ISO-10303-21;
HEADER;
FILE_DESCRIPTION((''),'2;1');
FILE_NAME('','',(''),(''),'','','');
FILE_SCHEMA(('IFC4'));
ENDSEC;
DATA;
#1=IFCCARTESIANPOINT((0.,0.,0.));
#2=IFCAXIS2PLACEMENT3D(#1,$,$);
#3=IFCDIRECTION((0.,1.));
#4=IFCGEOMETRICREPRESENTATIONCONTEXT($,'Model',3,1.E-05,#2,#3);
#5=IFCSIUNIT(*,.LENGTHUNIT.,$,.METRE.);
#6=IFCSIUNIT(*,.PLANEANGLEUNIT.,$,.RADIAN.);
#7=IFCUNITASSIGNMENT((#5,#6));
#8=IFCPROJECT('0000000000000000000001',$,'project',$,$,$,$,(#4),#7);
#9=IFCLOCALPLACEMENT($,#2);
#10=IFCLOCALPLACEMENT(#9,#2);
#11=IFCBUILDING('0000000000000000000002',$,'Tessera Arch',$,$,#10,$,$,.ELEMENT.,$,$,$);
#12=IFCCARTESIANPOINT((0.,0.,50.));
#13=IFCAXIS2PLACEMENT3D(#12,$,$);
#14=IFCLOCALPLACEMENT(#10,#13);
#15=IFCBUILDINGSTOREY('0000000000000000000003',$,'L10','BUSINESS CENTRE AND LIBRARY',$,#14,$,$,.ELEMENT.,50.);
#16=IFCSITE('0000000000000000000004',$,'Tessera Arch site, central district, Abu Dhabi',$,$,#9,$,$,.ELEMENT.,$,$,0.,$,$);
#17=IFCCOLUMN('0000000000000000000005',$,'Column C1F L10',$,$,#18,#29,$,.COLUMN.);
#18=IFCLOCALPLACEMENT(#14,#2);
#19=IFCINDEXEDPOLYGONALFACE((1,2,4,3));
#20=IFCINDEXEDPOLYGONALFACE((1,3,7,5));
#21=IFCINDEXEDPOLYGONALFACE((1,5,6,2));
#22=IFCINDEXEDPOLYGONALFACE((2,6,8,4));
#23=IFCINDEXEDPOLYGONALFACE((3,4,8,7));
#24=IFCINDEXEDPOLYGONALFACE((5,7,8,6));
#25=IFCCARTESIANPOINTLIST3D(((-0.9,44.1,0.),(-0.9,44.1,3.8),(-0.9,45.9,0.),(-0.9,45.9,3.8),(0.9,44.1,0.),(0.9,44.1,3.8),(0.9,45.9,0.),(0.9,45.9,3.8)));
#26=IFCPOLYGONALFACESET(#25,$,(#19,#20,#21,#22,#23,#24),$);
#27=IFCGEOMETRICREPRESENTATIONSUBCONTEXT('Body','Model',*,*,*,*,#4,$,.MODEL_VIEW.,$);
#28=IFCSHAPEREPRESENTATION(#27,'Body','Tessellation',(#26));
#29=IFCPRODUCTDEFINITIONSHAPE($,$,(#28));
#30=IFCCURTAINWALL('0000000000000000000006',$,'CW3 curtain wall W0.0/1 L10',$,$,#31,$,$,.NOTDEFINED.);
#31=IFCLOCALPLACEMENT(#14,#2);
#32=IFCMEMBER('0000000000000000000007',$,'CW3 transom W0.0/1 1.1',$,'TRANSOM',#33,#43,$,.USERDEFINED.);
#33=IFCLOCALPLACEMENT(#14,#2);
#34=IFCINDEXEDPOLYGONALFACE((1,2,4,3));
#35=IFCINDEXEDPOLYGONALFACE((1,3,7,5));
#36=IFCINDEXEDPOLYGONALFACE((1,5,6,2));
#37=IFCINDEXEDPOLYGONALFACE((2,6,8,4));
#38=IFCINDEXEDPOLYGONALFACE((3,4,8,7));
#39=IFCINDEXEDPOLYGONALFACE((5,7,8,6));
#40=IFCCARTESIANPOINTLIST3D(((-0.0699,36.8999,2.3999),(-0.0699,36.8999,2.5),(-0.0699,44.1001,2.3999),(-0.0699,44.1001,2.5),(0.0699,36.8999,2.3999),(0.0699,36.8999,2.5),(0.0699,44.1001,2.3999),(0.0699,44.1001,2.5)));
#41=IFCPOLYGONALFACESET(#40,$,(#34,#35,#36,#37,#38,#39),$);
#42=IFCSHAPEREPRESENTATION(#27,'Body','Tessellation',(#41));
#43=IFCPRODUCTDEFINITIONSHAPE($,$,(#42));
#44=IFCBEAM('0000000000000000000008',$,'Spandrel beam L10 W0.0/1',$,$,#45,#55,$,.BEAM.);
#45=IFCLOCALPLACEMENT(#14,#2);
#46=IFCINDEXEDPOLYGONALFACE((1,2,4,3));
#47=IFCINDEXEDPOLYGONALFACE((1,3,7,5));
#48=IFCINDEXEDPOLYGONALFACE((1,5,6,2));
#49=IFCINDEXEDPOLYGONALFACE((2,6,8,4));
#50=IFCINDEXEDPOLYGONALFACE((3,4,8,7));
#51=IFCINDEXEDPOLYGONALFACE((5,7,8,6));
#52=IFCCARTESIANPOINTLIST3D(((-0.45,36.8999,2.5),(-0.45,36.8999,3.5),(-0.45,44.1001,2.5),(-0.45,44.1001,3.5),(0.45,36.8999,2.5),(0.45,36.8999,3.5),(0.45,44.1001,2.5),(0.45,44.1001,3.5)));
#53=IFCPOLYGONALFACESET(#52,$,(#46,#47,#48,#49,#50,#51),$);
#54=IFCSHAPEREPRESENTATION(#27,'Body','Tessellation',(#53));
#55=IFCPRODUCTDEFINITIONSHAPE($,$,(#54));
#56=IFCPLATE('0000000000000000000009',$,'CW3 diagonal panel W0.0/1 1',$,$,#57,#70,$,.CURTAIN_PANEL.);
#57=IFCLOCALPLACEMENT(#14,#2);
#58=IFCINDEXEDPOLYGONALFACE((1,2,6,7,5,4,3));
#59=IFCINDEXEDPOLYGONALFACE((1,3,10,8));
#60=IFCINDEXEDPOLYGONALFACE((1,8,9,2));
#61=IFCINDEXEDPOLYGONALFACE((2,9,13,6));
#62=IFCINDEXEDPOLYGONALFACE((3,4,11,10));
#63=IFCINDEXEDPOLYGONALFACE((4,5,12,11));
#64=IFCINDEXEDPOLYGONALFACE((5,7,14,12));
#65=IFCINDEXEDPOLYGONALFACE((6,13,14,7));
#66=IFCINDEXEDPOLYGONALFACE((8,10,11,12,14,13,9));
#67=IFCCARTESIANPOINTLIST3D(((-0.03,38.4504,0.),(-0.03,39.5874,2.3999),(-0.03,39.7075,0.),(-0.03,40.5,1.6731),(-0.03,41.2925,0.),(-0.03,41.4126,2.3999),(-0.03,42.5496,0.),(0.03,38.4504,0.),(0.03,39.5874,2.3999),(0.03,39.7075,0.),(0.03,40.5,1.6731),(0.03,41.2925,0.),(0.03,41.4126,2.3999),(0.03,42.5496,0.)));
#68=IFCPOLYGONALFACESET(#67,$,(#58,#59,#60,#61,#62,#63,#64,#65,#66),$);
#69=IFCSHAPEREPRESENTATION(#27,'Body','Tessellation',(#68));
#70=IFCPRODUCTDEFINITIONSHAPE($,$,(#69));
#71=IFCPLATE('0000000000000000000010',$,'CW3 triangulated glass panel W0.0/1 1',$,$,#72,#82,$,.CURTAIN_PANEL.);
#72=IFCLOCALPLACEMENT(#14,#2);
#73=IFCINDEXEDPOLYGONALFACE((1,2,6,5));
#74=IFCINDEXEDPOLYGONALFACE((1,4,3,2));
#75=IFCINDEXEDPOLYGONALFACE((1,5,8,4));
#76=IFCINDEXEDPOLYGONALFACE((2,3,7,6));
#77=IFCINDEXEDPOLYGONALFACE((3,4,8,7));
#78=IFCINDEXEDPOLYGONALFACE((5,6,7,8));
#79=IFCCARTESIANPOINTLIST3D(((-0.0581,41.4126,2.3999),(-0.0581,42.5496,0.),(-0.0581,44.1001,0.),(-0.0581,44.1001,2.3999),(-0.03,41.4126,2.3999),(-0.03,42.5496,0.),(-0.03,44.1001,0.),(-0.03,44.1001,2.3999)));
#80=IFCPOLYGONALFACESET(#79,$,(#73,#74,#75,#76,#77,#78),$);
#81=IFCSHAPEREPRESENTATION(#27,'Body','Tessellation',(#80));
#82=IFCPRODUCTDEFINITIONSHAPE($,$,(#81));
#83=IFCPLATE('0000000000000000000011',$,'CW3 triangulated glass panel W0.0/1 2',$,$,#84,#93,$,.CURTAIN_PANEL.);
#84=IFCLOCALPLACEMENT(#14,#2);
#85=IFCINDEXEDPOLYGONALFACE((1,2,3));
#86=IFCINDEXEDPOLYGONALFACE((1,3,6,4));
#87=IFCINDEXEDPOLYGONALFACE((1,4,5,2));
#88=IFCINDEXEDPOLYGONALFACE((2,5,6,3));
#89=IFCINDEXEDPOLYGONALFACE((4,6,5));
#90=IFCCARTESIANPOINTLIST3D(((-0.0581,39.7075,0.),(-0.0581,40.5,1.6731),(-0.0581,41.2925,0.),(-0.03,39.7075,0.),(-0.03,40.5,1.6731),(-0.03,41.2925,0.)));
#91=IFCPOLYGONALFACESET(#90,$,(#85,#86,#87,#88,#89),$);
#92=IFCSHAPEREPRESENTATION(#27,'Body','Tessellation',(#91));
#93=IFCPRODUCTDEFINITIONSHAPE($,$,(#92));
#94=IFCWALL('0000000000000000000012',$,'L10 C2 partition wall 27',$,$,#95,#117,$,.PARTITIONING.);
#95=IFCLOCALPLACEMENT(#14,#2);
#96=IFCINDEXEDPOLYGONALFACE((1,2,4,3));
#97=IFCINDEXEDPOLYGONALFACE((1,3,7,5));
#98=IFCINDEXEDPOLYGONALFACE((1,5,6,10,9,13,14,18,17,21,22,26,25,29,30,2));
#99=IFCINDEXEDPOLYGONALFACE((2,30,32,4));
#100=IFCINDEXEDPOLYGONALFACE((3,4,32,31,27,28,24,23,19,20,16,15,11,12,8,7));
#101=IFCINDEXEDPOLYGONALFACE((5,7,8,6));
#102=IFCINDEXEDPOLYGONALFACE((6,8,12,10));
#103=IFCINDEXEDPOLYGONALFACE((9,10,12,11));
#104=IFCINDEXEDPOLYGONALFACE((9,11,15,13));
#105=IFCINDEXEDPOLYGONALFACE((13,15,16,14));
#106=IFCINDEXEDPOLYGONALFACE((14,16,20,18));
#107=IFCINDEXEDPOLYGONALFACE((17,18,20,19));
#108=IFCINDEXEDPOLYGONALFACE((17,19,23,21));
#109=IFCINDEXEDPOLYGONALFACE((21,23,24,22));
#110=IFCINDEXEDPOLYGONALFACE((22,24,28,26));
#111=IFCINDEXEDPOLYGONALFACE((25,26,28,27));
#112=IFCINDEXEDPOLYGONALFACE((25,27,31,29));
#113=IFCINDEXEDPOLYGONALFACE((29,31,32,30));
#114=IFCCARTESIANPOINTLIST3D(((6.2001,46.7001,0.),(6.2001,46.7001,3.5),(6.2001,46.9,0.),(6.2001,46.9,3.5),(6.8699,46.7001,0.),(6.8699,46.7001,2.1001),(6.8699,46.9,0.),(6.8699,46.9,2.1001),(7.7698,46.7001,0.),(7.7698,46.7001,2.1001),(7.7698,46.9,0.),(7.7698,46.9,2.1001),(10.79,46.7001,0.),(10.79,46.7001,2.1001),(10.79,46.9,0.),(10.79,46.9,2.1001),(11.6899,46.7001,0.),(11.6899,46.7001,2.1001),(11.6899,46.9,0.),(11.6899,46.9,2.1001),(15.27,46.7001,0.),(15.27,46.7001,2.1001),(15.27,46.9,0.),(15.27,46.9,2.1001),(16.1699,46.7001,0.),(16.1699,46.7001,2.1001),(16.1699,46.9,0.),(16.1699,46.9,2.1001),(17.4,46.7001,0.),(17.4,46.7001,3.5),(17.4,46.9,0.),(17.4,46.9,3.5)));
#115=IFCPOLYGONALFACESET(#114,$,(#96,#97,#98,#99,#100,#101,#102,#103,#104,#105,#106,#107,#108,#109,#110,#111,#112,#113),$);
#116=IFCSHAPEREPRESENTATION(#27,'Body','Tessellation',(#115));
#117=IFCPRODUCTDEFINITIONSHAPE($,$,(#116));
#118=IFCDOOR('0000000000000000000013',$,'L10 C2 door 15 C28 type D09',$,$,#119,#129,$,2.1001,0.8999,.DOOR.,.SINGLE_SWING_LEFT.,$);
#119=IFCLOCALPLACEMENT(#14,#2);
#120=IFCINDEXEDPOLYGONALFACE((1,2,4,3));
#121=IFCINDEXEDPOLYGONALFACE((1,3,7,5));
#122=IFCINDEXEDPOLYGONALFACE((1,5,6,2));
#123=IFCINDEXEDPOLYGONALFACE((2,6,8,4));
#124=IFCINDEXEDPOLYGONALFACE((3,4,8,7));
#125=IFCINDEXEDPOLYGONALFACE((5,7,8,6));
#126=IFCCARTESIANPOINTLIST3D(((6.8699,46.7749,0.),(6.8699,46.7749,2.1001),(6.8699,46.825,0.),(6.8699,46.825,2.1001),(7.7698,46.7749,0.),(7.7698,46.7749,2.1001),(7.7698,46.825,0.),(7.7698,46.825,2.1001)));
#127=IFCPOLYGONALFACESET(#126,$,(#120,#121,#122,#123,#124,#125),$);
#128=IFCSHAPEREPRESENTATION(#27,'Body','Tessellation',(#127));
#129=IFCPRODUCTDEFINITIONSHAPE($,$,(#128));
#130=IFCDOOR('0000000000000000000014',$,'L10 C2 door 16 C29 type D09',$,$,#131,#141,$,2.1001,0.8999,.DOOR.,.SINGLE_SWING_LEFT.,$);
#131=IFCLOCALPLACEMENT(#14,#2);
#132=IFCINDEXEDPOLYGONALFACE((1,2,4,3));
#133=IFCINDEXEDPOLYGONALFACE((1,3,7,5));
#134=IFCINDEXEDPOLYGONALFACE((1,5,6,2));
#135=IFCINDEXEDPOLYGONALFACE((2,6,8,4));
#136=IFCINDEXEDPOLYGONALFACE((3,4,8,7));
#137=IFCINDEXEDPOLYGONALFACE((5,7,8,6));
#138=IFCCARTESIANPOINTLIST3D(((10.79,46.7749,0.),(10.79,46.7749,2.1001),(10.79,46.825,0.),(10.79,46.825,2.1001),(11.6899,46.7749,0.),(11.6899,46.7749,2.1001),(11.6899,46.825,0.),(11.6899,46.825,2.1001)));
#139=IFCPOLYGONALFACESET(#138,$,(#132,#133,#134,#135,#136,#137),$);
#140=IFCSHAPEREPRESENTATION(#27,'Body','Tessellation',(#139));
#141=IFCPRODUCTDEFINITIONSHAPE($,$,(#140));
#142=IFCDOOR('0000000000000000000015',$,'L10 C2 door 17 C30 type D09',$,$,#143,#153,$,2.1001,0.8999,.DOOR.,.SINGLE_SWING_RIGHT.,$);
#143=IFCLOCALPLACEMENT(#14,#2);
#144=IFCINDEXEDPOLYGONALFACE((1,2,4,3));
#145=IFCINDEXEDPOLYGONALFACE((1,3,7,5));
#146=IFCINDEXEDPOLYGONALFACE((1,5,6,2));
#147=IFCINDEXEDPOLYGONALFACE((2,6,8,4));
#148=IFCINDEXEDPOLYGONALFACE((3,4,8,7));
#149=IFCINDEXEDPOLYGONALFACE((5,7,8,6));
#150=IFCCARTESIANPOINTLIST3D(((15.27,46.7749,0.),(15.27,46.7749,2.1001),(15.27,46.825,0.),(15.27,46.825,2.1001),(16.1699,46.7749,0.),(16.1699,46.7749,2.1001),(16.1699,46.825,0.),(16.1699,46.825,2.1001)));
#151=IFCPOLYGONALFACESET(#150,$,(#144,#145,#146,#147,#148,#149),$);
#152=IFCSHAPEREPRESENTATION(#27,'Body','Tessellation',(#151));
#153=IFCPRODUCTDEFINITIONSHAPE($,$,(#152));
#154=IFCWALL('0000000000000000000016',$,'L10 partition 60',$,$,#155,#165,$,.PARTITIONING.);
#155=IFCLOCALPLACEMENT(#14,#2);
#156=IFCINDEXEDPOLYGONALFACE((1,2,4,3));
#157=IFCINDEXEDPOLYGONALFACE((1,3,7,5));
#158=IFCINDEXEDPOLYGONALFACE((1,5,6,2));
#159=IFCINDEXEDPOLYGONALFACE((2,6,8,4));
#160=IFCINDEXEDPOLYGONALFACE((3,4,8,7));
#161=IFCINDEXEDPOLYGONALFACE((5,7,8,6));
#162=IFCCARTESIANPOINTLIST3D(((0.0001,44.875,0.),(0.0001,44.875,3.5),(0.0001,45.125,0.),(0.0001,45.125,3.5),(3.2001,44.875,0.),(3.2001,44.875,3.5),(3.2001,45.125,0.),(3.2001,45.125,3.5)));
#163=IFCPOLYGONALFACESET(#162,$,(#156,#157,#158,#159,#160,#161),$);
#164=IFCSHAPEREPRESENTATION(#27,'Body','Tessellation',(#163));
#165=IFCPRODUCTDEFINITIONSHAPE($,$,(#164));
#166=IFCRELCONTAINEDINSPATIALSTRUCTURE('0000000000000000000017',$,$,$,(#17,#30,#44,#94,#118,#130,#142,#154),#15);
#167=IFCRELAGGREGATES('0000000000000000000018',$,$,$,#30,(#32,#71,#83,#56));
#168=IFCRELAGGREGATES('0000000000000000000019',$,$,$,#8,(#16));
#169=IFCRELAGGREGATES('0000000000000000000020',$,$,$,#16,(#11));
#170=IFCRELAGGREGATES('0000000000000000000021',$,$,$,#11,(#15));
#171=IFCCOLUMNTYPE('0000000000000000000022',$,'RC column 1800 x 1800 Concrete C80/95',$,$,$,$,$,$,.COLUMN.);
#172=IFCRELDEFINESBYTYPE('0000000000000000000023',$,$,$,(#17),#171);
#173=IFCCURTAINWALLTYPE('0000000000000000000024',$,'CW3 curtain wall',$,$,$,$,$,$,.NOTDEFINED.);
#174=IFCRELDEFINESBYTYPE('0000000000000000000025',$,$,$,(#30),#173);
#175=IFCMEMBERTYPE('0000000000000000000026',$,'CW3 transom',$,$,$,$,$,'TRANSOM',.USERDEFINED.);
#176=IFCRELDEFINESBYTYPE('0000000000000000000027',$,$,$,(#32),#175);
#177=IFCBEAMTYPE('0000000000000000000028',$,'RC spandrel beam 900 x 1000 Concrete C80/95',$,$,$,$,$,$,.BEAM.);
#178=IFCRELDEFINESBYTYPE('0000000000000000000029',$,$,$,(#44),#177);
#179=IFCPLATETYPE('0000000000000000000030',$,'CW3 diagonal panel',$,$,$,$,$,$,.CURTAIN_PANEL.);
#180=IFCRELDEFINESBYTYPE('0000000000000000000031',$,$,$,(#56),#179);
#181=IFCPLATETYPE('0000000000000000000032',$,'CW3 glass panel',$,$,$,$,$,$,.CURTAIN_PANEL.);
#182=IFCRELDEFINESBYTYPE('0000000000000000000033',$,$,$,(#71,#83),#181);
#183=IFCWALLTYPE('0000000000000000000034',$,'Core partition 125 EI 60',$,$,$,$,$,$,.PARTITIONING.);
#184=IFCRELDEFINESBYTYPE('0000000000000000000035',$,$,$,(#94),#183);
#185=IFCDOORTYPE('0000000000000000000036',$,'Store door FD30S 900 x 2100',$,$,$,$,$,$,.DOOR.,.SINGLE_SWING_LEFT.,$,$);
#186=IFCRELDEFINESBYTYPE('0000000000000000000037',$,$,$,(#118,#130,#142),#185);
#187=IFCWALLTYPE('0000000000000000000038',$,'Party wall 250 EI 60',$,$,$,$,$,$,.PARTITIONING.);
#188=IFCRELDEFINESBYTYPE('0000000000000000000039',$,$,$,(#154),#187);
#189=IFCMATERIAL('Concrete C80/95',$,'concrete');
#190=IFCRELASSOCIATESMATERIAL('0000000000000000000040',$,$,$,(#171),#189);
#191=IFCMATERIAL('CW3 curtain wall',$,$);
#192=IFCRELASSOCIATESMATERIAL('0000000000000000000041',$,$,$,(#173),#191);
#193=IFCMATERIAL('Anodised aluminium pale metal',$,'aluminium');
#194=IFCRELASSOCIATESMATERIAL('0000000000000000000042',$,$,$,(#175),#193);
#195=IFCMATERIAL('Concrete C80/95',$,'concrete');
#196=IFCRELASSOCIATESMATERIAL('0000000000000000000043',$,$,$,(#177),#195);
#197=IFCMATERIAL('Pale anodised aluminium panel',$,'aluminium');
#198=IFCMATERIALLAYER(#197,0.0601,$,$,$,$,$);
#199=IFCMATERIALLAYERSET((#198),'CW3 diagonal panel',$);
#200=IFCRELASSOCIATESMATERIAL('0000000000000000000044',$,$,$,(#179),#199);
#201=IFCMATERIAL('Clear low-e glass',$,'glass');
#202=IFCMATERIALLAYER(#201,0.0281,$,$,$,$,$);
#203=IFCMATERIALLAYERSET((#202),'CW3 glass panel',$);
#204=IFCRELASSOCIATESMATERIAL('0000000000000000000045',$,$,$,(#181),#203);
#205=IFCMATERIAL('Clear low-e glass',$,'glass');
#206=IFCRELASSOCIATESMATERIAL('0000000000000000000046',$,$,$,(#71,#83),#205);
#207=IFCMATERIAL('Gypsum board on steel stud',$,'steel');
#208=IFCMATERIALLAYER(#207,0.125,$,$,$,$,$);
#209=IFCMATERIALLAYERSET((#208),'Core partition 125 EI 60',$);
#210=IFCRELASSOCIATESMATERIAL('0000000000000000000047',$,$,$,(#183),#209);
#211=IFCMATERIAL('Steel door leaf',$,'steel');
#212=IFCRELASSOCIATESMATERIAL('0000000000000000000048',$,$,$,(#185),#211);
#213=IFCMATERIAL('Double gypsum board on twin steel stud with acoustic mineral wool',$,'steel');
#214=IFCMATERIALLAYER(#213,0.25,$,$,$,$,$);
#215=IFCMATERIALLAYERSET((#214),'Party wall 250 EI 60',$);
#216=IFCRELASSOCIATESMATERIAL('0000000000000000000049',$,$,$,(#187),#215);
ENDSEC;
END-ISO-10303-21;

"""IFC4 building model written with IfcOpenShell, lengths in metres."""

from ifc_helpers import new_model, si_unit, direction, frame, frame_2d, origin, origin_2d, place, context, subcontext, project, spatial, polyline, rectangle, outline, extrude, material, layer, layer_set, material_profile, profile_set, type_object, element, fill, aggregate, save


model = new_model("IFC4")

# Units and contexts
model_context = context("Model", 3, precision=1e-05, world=origin(), true_north=direction((0.0, 1.0)))
body_context = subcontext(model_context, "Body", "Model", "MODEL_VIEW")
ifc_project = project(units=[si_unit("LENGTHUNIT", "METRE"), si_unit("PLANEANGLEUNIT", "RADIAN")], contexts=[model_context])

# Site, building, storey
site_placement = place(None, origin())
site = spatial("IfcSite", under=ifc_project, at=site_placement, Name="Tessera Arch site, central district, Abu Dhabi", CompositionType="ELEMENT", RefElevation=0.0)
building_placement = place(site_placement, origin())
building = spatial("IfcBuilding", under=site, at=building_placement, Name="Tessera Arch", CompositionType="ELEMENT")
storey_placement = place(building_placement, frame((0.0, 0.0, 50.0)))
storey = spatial("IfcBuildingStorey", under=building, at=storey_placement, Name="L10", Description="BUSINESS CENTRE AND LIBRARY", CompositionType="ELEMENT", Elevation=50.0)

# Column
ifc_material_1 = material(Name="Concrete C80/95", Category="concrete")
ifc_material_profile_1 = material_profile(ifc_material_1, rectangle(XDim=1.8, YDim=1.8, at=origin_2d()), Name="RC column 1800 x 1800 Concrete C80/95")
ifc_profile_set_1 = profile_set([ifc_material_profile_1], Name="Concrete C80/95")
column_type = type_object("IfcColumnType", Name="RC column 1800 x 1800 Concrete C80/95", PredefinedType="COLUMN", material=ifc_profile_set_1)
column_placement = place(storey_placement, frame((0.0, 45.0, 0.0), z_axis=(0.0, 0.0, 1.0), x_axis=(1.0, 0.0, 0.0)))
element("IfcColumn", 1, at=column_placement, inside=storey, type_object=column_type, Name="Column C1F L10", PredefinedType="COLUMN", context=body_context, shape_type="SweptSolid", body=[
    extrude(rectangle(XDim=1.8, YDim=1.8, at=origin_2d()), origin(), (0.0, 0.0, 1.0), 3.8),
])

# Curtain wall, member
ifc_material_2 = material(Name="CW3 curtain wall")
curtain_wall_type = type_object("IfcCurtainWallType", Name="CW3 curtain wall", PredefinedType="NOTDEFINED", material=ifc_material_2)
curtain_wall_placement = place(storey_placement, origin())
curtain_wall = element("IfcCurtainWall", 2, at=curtain_wall_placement, inside=storey, type_object=curtain_wall_type, Name="CW3 curtain wall W0.0/1 L10", PredefinedType="NOTDEFINED")
ifc_material_3 = material(Name="Anodised aluminium pale metal", Category="aluminium")
ifc_material_profile_2 = material_profile(ifc_material_3, rectangle(XDim=0.1399, YDim=0.1001, at=origin_2d()), Name="AL 140x100")
ifc_profile_set_2 = profile_set([ifc_material_profile_2], Name="Anodised aluminium pale metal")
member_type = type_object("IfcMemberType", Name="CW3 transom", ElementType="TRANSOM", PredefinedType="USERDEFINED", material=ifc_profile_set_2)
member_placement = place(storey_placement, frame((0.0, 44.1001, 2.45), z_axis=(0.0, -1.0, 0.0), x_axis=(1.0, 0.0, 0.0)))
member = element("IfcMember", 3, at=member_placement, type_object=member_type, Name="CW3 transom W0.0/1 1.1", ObjectType="TRANSOM", PredefinedType="USERDEFINED", context=body_context, shape_type="SweptSolid", body=[
    extrude(rectangle(XDim=0.1399, YDim=0.1001, at=origin_2d()), origin(), (0.0, 0.0, 1.0), 7.2002),
])

# Beam
ifc_material_4 = material(Name="Concrete C80/95", Category="concrete")
ifc_material_profile_3 = material_profile(ifc_material_4, rectangle(XDim=0.8999, YDim=1.0, at=origin_2d()), Name="RC spandrel beam 900 x 1000 Concrete C80/95")
ifc_profile_set_3 = profile_set([ifc_material_profile_3], Name="Concrete C80/95")
beam_type = type_object("IfcBeamType", Name="RC spandrel beam 900 x 1000 Concrete C80/95", PredefinedType="BEAM", material=ifc_profile_set_3)
beam_placement = place(storey_placement, frame((0.0, 44.1001, 3.0), z_axis=(0.0, -1.0, 0.0), x_axis=(1.0, 0.0, 0.0)))
element("IfcBeam", 4, at=beam_placement, inside=storey, type_object=beam_type, Name="Spandrel beam L10 W0.0/1", PredefinedType="BEAM", context=body_context, shape_type="SweptSolid", body=[
    extrude(rectangle(XDim=0.8999, YDim=1.0, at=origin_2d()), origin(), (0.0, 0.0, 1.0), 7.2002),
])

# Plates
ifc_material_5 = material(Name="Pale anodised aluminium panel", Category="aluminium")
ifc_layer_1 = layer(ifc_material_5, 0.0601)
ifc_layer_set_1 = layer_set([ifc_layer_1], Name="CW3 diagonal panel")
plate_type_1 = type_object("IfcPlateType", Name="CW3 diagonal panel", PredefinedType="CURTAIN_PANEL", material=ifc_layer_set_1)
plate_1_placement = place(storey_placement, frame((-0.03, 39.5874, 2.3999), z_axis=(-1.0, 0.0, 0.0), x_axis=(0.0, 1.0, 0.0)))
plate_1 = element("IfcPlate", 5, at=plate_1_placement, type_object=plate_type_1, Name="CW3 diagonal panel W0.0/1 1", PredefinedType="CURTAIN_PANEL", context=body_context, shape_type="SweptSolid", body=[
    extrude(outline(polyline([(0.0, 0.0), (1.8252, 0.0), (2.9622, 2.3999), (1.7051, 2.3999), (0.9126, 0.7268), (0.1201, 2.3999), (-1.137, 2.3999), (0.0, 0.0)])), origin(), (0.0, 0.0, -1.0), 0.0601),
])
ifc_material_6 = material(Name="Clear low-e glass", Category="glass")
ifc_material_7 = material(Name="Clear low-e glass", Category="glass")
ifc_layer_2 = layer(ifc_material_7, 0.0281)
ifc_layer_set_2 = layer_set([ifc_layer_2], Name="CW3 glass panel")
plate_type_2 = type_object("IfcPlateType", Name="CW3 glass panel", PredefinedType="CURTAIN_PANEL", material=ifc_layer_set_2)
plate_2_placement = place(storey_placement, frame((-0.0581, 44.1001, 0.0), z_axis=(-1.0, 0.0, 0.0), x_axis=(0.0, -1.0, 0.0)))
plate_2 = element("IfcPlate", 6, at=plate_2_placement, type_object=plate_type_2, material=ifc_material_6, Name="CW3 triangulated glass panel W0.0/1 1", PredefinedType="CURTAIN_PANEL", context=body_context, shape_type="SweptSolid", body=[
    extrude(outline(polyline([(0.0, 0.0), (1.5505, 0.0), (2.6875, 2.3999), (0.0, 2.3999), (0.0, 0.0)])), origin(), (0.0, 0.0, -1.0), 0.0281),
])
plate_3_placement = place(storey_placement, frame((-0.0581, 41.2925, 0.0), z_axis=(-1.0, 0.0, 0.0), x_axis=(0.0, -1.0, 0.0)))
plate_3 = element("IfcPlate", 7, at=plate_3_placement, type_object=plate_type_2, material=ifc_material_6, Name="CW3 triangulated glass panel W0.0/1 2", PredefinedType="CURTAIN_PANEL", context=body_context, shape_type="SweptSolid", body=[
    extrude(outline(polyline([(0.0, 0.0), (1.585, 0.0), (0.7925, 1.6731), (0.0, 0.0)])), origin(), (0.0, 0.0, -1.0), 0.0281),
])
aggregate(curtain_wall, [member, plate_2, plate_3, plate_1])

# Wall, openings, doors
ifc_material_8 = material(Name="Gypsum board on steel stud", Category="steel")
ifc_layer_3 = layer(ifc_material_8, 0.125)
ifc_layer_set_3 = layer_set([ifc_layer_3], Name="Core partition 125 EI 60")
wall_type_1 = type_object("IfcWallType", Name="Core partition 125 EI 60", PredefinedType="PARTITIONING", material=ifc_layer_set_3)
wall_1_placement = place(storey_placement, frame((6.2, 46.8, 0.0), z_axis=(0.0, 0.0, 1.0), x_axis=(1.0, 0.0, 0.0)))
wall_1 = element("IfcWall", 8, at=wall_1_placement, inside=storey, type_object=wall_type_1, Name="L10 C2 partition wall 27", PredefinedType="PARTITIONING", context=body_context, shape_type="SweptSolid", body=[
    extrude(rectangle(XDim=11.2, YDim=0.2, at=frame_2d((5.6001, 0.0))), origin(), (0.0, 0.0, 1.0), 3.5),
])
opening_1_placement = place(wall_1_placement, frame((0.6699, 0.0, 0.0)))
opening_1 = element("IfcOpeningElement", 9, at=opening_1_placement, cuts=wall_1, PredefinedType="OPENING", context=body_context, shape_type="SweptSolid", body=[
    extrude(rectangle(XDim=0.8999, YDim=2.1001, at=frame_2d((0.45, 1.05))), frame((0.0, 0.1099, 0.0), z_axis=(0.0, -1.0, 0.0), x_axis=(1.0, 0.0, 0.0)), (0.0, 0.0, 1.0), 0.22),
])
opening_2_placement = place(wall_1_placement, frame((4.5901, 0.0, 0.0)))
opening_2 = element("IfcOpeningElement", 10, at=opening_2_placement, cuts=wall_1, PredefinedType="OPENING", context=body_context, shape_type="SweptSolid", body=[
    extrude(rectangle(XDim=0.8999, YDim=2.1001, at=frame_2d((0.45, 1.05))), frame((0.0, 0.1099, 0.0), z_axis=(0.0, -1.0, 0.0), x_axis=(1.0, 0.0, 0.0)), (0.0, 0.0, 1.0), 0.22),
])
opening_3_placement = place(wall_1_placement, frame((9.0701, 0.0, 0.0)))
opening_3 = element("IfcOpeningElement", 11, at=opening_3_placement, cuts=wall_1, PredefinedType="OPENING", context=body_context, shape_type="SweptSolid", body=[
    extrude(rectangle(XDim=0.8999, YDim=2.1001, at=frame_2d((0.45, 1.05))), frame((0.0, 0.1099, 0.0), z_axis=(0.0, -1.0, 0.0), x_axis=(1.0, 0.0, 0.0)), (0.0, 0.0, 1.0), 0.22),
])
ifc_material_9 = material(Name="Steel door leaf", Category="steel")
door_type_1 = type_object("IfcDoorType", Name="Store door FD30S 900 x 2100", OperationType="SINGLE_SWING_LEFT", PredefinedType="DOOR", material=ifc_material_9)
door_1_placement = place(opening_1_placement, origin())
door_1 = element("IfcDoor", 12, at=door_1_placement, inside=storey, type_object=door_type_1, Name="L10 C2 door 15 C28 type D09", OperationType="SINGLE_SWING_LEFT", OverallHeight=2.1001, OverallWidth=0.8999, PredefinedType="DOOR", context=body_context, shape_type="SweptSolid", body=[
    extrude(rectangle(XDim=0.8999, YDim=2.1001, at=frame_2d((0.45, 1.05))), frame((0.0, 0.0249, 0.0), z_axis=(0.0, -1.0, 0.0), x_axis=(1.0, 0.0, 0.0)), (0.0, 0.0, 1.0), 0.05),
])
fill(opening_1, door_1)
door_2_placement = place(opening_2_placement, origin())
door_2 = element("IfcDoor", 13, at=door_2_placement, inside=storey, type_object=door_type_1, Name="L10 C2 door 16 C29 type D09", OperationType="SINGLE_SWING_LEFT", OverallHeight=2.1001, OverallWidth=0.8999, PredefinedType="DOOR", context=body_context, shape_type="SweptSolid", body=[
    extrude(rectangle(XDim=0.8999, YDim=2.1001, at=frame_2d((0.45, 1.05))), frame((0.0, 0.0249, 0.0), z_axis=(0.0, -1.0, 0.0), x_axis=(1.0, 0.0, 0.0)), (0.0, 0.0, 1.0), 0.05),
])
fill(opening_2, door_2)
door_3_placement = place(opening_3_placement, origin())
door_3 = element("IfcDoor", 14, at=door_3_placement, inside=storey, type_object=door_type_1, Name="L10 C2 door 17 C30 type D09", OperationType="SINGLE_SWING_RIGHT", OverallHeight=2.1001, OverallWidth=0.8999, PredefinedType="DOOR", context=body_context, shape_type="SweptSolid", body=[
    extrude(rectangle(XDim=0.8999, YDim=2.1001, at=frame_2d((0.45, 1.05))), frame((0.0, 0.0249, 0.0), z_axis=(0.0, -1.0, 0.0), x_axis=(1.0, 0.0, 0.0)), (0.0, 0.0, 1.0), 0.05),
])
fill(opening_3, door_3)

# Wall
ifc_material_10 = material(Name="Double gypsum board on twin steel stud with acoustic mineral wool", Category="steel")
ifc_layer_4 = layer(ifc_material_10, 0.25)
ifc_layer_set_4 = layer_set([ifc_layer_4], Name="Party wall 250 EI 60")
wall_type_2 = type_object("IfcWallType", Name="Party wall 250 EI 60", PredefinedType="PARTITIONING", material=ifc_layer_set_4)
wall_2_placement = place(storey_placement, frame((0.0, 45.0, 0.0), z_axis=(0.0, 0.0, 1.0), x_axis=(1.0, 0.0, 0.0)))
element("IfcWall", 15, at=wall_2_placement, inside=storey, type_object=wall_type_2, Name="L10 partition 60", PredefinedType="PARTITIONING", context=body_context, shape_type="SweptSolid", body=[
    extrude(rectangle(XDim=3.2, YDim=0.25, at=frame_2d((1.6001, 0.0))), origin(), (0.0, 0.0, 1.0), 3.5),
])

save(model, "model.ifc")
